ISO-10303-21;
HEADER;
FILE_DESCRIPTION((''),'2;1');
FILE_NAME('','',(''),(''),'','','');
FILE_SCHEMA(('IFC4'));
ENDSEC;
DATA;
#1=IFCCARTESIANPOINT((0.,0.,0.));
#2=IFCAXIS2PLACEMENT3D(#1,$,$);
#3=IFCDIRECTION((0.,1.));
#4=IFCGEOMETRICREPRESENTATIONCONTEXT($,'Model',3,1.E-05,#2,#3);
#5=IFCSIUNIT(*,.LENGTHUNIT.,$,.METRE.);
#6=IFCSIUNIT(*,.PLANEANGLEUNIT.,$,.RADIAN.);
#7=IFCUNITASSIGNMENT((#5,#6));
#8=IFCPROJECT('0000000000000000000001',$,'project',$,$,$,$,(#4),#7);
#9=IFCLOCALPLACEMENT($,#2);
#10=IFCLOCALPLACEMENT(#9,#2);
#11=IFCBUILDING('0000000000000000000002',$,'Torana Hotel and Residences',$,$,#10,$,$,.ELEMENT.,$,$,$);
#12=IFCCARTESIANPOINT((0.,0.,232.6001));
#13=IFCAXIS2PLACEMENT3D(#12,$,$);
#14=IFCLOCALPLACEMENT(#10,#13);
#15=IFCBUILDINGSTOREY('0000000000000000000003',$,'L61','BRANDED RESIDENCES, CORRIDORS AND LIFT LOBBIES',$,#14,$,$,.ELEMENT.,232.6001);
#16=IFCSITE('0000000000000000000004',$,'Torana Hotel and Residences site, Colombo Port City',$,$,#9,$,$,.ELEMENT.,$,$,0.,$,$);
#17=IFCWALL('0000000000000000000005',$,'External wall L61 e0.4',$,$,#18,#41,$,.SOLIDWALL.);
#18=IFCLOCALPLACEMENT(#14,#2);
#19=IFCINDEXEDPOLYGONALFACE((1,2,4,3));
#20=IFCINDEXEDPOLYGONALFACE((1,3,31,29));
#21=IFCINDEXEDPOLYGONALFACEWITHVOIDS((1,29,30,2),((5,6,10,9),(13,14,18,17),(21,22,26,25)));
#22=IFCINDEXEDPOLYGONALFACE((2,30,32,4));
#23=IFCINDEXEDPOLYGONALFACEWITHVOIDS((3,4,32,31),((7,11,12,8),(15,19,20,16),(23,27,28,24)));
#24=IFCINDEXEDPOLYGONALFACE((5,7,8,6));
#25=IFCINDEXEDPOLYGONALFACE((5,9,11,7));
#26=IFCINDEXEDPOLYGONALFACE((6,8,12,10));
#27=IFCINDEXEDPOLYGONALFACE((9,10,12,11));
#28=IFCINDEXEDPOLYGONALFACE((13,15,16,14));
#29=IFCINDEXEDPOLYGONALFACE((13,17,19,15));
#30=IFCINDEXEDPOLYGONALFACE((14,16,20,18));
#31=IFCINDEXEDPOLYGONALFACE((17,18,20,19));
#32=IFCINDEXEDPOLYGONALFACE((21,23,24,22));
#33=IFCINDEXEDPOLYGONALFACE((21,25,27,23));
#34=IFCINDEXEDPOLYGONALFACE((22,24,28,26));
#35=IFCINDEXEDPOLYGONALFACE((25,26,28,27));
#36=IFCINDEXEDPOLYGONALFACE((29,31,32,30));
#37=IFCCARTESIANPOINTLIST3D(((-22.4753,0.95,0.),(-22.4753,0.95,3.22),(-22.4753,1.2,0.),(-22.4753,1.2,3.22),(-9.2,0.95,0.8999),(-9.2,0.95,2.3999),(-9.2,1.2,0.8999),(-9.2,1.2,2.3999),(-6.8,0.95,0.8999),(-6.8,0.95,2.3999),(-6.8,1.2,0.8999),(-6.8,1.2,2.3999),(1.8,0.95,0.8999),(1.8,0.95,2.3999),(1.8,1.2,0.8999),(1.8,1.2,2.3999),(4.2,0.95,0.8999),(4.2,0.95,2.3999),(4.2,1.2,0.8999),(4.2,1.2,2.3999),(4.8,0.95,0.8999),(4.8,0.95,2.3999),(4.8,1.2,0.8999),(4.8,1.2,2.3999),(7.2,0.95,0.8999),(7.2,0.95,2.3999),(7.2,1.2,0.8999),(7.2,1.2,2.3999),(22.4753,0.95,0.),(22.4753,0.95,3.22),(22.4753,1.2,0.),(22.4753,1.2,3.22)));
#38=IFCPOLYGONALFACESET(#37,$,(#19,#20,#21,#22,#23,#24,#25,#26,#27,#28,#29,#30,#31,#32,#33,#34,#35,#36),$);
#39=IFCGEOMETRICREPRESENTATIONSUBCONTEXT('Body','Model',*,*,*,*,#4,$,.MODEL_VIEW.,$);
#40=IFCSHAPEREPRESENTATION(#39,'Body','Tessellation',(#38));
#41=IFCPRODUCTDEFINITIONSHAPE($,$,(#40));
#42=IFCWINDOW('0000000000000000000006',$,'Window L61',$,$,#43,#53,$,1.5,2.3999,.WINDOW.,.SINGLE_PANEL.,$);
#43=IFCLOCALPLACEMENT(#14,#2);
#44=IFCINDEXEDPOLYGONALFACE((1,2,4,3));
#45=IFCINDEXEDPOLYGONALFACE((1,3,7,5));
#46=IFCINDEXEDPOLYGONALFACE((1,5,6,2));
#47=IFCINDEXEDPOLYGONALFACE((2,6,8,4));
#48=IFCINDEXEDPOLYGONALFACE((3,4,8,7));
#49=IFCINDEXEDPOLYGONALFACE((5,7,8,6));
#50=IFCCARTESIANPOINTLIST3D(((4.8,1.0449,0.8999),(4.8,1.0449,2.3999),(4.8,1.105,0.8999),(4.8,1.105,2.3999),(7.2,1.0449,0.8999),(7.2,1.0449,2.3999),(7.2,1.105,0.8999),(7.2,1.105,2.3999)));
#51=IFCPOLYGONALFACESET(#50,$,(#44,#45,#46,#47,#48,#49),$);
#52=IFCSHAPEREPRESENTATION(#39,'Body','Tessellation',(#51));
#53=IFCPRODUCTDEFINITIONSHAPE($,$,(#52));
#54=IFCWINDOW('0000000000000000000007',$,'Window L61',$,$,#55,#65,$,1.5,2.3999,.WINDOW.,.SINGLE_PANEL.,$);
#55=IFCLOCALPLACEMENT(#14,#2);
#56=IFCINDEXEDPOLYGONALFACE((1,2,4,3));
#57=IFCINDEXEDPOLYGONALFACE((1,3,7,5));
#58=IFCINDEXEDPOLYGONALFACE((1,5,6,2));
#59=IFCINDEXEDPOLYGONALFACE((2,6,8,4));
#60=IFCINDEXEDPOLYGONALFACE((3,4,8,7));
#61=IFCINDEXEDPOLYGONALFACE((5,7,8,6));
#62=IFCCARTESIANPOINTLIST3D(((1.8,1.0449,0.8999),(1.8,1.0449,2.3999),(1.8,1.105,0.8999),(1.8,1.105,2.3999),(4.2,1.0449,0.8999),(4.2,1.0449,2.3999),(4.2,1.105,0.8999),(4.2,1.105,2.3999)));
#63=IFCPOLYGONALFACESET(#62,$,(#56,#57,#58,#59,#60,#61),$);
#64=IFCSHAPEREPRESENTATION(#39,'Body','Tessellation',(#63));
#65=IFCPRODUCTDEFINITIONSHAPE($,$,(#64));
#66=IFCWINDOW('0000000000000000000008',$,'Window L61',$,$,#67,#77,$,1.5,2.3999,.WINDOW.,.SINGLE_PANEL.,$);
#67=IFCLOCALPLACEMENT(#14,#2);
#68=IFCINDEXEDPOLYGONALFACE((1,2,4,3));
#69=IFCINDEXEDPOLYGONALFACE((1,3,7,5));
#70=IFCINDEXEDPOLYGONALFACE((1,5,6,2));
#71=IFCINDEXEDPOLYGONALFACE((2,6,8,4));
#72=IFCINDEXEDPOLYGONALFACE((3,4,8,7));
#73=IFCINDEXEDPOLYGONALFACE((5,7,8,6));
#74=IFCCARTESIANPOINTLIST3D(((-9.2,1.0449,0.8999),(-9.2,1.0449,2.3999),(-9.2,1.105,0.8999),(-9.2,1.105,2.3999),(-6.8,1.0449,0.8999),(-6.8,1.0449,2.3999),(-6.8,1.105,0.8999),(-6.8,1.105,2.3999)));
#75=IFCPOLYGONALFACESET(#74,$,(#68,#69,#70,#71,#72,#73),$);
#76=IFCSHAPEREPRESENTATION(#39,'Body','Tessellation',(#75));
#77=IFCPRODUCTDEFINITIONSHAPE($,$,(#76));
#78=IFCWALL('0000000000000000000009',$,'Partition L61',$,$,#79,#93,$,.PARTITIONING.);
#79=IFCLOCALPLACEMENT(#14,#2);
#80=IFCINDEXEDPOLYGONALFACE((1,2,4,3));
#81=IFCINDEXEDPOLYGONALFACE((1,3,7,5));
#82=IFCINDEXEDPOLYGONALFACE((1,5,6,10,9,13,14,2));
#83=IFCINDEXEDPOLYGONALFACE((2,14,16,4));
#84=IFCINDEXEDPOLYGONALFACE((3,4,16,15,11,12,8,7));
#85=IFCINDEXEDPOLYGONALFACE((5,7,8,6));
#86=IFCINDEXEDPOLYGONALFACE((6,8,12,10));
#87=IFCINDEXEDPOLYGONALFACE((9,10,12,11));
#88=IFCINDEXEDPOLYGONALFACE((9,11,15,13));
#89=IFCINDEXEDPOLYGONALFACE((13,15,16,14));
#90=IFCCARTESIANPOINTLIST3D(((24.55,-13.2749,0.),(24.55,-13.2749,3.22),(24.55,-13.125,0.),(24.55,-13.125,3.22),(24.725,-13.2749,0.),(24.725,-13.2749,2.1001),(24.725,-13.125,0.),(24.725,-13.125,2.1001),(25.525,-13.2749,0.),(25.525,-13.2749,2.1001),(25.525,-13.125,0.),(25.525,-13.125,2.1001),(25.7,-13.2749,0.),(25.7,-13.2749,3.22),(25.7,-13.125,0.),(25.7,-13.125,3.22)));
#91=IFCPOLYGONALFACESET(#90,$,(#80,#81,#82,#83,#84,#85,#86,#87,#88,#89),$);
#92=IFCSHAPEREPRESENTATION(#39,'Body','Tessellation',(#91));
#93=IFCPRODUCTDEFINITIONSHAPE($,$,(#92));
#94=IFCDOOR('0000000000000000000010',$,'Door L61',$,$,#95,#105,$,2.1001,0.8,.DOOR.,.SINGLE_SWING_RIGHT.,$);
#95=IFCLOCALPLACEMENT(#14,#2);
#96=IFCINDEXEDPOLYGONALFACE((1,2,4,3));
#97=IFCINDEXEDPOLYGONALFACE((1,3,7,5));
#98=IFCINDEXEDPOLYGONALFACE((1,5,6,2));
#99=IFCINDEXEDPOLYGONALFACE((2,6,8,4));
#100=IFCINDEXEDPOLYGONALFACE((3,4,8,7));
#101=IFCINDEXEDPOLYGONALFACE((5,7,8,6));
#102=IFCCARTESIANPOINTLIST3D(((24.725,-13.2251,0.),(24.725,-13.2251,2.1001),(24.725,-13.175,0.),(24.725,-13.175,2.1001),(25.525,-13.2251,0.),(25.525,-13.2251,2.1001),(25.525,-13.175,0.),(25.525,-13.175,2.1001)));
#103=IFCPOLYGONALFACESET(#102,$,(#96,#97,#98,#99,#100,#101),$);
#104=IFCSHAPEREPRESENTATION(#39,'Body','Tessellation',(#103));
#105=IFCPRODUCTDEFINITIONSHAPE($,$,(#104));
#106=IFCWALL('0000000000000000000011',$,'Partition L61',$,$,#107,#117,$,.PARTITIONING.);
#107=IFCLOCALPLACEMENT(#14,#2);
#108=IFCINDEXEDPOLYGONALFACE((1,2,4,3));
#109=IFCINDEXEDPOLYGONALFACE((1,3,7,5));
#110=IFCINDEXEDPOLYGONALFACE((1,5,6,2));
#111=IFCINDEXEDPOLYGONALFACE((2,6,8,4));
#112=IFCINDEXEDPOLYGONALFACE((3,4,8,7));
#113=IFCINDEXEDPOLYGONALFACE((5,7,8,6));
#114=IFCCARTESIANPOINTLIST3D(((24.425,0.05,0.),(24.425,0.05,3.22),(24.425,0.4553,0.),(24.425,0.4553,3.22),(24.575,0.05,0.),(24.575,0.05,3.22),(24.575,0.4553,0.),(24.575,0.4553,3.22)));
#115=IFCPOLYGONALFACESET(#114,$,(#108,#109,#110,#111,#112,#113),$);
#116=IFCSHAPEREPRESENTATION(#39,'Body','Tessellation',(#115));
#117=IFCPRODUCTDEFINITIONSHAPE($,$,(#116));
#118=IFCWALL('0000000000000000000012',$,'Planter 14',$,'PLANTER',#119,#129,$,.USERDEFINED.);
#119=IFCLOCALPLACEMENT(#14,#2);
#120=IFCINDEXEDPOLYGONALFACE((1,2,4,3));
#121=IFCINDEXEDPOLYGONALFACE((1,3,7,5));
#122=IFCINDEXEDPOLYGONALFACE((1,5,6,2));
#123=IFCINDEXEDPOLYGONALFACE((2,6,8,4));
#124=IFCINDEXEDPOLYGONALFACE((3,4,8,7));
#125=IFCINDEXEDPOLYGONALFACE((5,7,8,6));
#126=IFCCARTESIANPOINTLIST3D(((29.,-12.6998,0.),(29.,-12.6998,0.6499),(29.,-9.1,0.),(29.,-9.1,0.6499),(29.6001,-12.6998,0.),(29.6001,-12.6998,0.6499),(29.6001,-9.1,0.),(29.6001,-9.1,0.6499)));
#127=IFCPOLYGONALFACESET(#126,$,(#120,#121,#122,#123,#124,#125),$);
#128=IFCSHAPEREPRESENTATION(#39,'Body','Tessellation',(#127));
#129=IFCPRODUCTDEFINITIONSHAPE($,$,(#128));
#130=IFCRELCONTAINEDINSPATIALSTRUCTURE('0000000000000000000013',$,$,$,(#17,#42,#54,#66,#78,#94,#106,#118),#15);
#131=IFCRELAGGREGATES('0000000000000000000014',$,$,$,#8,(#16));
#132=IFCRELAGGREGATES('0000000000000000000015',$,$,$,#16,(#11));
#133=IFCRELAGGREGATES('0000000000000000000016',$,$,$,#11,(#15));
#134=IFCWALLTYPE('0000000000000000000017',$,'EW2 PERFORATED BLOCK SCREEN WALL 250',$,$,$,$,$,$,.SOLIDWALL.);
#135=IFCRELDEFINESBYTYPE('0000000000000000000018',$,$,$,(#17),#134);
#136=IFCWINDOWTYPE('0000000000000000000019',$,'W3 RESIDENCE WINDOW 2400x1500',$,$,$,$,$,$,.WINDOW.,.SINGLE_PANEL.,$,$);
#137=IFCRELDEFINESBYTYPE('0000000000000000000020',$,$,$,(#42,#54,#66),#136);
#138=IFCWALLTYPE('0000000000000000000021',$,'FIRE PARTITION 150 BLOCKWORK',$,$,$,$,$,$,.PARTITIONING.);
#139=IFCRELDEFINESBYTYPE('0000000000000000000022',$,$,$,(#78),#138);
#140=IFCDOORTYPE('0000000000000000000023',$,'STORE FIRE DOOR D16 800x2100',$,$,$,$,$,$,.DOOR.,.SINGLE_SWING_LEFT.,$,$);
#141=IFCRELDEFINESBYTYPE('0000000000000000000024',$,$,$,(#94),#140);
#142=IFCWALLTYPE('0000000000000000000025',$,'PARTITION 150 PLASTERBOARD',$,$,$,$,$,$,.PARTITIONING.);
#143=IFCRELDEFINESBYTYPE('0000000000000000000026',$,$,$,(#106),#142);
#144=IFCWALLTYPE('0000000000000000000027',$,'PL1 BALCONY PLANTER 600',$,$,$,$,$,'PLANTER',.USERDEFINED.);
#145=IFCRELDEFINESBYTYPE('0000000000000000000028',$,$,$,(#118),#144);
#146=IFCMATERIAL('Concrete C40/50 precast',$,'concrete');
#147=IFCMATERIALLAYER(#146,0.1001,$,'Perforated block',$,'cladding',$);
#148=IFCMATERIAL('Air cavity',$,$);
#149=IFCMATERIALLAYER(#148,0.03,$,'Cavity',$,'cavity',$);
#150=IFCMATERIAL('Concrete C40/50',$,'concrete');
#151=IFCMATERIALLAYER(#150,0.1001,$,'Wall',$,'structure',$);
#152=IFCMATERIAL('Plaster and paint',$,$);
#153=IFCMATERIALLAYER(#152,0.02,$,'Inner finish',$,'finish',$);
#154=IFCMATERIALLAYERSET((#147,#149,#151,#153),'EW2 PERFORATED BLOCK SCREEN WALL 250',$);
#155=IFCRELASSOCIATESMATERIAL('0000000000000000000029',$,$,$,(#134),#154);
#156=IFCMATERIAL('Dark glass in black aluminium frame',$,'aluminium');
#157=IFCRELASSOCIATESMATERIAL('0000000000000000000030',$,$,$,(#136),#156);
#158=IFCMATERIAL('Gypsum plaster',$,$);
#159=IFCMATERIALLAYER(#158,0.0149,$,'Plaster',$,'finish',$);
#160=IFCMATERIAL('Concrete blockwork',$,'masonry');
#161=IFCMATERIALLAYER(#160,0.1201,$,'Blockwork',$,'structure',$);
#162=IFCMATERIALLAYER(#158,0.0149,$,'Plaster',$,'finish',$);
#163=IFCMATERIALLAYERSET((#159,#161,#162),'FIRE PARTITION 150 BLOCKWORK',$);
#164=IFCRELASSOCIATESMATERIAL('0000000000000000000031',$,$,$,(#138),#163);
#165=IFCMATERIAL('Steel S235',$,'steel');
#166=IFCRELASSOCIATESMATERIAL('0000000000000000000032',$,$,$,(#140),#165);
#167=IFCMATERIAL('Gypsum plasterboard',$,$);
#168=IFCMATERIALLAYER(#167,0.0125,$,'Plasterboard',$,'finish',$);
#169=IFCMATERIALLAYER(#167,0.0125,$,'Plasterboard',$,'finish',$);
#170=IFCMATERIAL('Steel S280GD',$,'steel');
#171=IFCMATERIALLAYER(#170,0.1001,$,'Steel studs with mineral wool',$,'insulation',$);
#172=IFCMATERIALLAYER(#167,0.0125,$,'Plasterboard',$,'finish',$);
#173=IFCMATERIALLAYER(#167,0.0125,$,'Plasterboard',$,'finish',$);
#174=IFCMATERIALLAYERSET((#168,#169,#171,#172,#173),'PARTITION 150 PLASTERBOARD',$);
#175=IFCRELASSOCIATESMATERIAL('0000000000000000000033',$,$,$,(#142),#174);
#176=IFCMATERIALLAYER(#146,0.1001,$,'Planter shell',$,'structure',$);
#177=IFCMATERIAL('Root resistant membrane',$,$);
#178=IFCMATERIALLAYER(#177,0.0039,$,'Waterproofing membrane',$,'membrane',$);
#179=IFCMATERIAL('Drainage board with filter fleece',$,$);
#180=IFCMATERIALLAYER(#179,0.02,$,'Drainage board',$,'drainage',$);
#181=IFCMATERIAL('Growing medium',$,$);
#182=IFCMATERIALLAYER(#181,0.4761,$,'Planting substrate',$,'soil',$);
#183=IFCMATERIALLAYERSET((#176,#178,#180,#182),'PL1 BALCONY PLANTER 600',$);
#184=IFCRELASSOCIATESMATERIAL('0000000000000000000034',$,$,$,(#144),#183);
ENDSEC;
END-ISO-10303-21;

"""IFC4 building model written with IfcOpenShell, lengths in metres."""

from ifc_helpers import new_model, si_unit, direction, frame, frame_2d, origin, place, context, subcontext, project, spatial, rectangle, extrude, material, layer, layer_set, type_object, element, fill, save


model = new_model("IFC4")

# Units and contexts
model_context = context("Model", 3, precision=1e-05, world=origin(), true_north=direction((0.0, 1.0)))
body_context = subcontext(model_context, "Body", "Model", "MODEL_VIEW")
ifc_project = project(units=[si_unit("LENGTHUNIT", "METRE"), si_unit("PLANEANGLEUNIT", "RADIAN")], contexts=[model_context])

# Site, building, storey
site_placement = place(None, origin())
site = spatial("IfcSite", under=ifc_project, at=site_placement, Name="Torana Hotel and Residences site, Colombo Port City", CompositionType="ELEMENT", RefElevation=0.0)
building_placement = place(site_placement, origin())
building = spatial("IfcBuilding", under=site, at=building_placement, Name="Torana Hotel and Residences", CompositionType="ELEMENT")
storey_placement = place(building_placement, frame((0.0, 0.0, 232.6001)))
storey = spatial("IfcBuildingStorey", under=building, at=storey_placement, Name="L61", Description="BRANDED RESIDENCES, CORRIDORS AND LIFT LOBBIES", CompositionType="ELEMENT", Elevation=232.6001)

# Shared definitions
ifc_material_1 = material(Name="Steel S280GD", Category="steel")

# Wall, openings, windows
ifc_material_2 = material(Name="Concrete C40/50 precast", Category="concrete")
ifc_layer_1 = layer(ifc_material_2, 0.1001, Name="Perforated block", Category="cladding")
ifc_material_3 = material(Name="Air cavity")
ifc_layer_2 = layer(ifc_material_3, 0.03, Name="Cavity", Category="cavity")
ifc_material_4 = material(Name="Concrete C40/50", Category="concrete")
ifc_layer_3 = layer(ifc_material_4, 0.1001, Name="Wall", Category="structure")
ifc_material_5 = material(Name="Plaster and paint")
ifc_layer_4 = layer(ifc_material_5, 0.02, Name="Inner finish", Category="finish")
ifc_layer_set_1 = layer_set([ifc_layer_1, ifc_layer_2, ifc_layer_3, ifc_layer_4], Name="EW2 PERFORATED BLOCK SCREEN WALL 250")
wall_type_1 = type_object("IfcWallType", Name="EW2 PERFORATED BLOCK SCREEN WALL 250", PredefinedType="SOLIDWALL", material=ifc_layer_set_1)
wall_1_placement = place(storey_placement, frame((22.4753, 1.075, 0.0), z_axis=(0.0, 0.0, 1.0), x_axis=(-1.0, 0.0, 0.0)))
wall_1 = element("IfcWall", 1, at=wall_1_placement, inside=storey, type_object=wall_type_1, Name="External wall L61 e0.4", PredefinedType="SOLIDWALL", context=body_context, shape_type="SweptSolid", body=[
    extrude(rectangle(XDim=44.9507, YDim=0.25, at=frame_2d((22.4753, 0.0))), origin(), (0.0, 0.0, 1.0), 3.22),
])
opening_1_placement = place(wall_1_placement, frame((15.2754, 0.0, 0.8999)))
opening_1 = element("IfcOpeningElement", 2, at=opening_1_placement, cuts=wall_1, PredefinedType="OPENING", context=body_context, shape_type="SweptSolid", body=[
    extrude(rectangle(XDim=2.3999, YDim=1.5, at=frame_2d((1.2, 0.75))), frame((0.0, 0.135, 0.0), z_axis=(0.0, -1.0, 0.0), x_axis=(1.0, 0.0, 0.0)), (0.0, 0.0, 1.0), 0.27),
])
opening_2_placement = place(wall_1_placement, frame((18.2754, 0.0, 0.8999)))
opening_2 = element("IfcOpeningElement", 3, at=opening_2_placement, cuts=wall_1, PredefinedType="OPENING", context=body_context, shape_type="SweptSolid", body=[
    extrude(rectangle(XDim=2.3999, YDim=1.5, at=frame_2d((1.2, 0.75))), frame((0.0, 0.135, 0.0), z_axis=(0.0, -1.0, 0.0), x_axis=(1.0, 0.0, 0.0)), (0.0, 0.0, 1.0), 0.27),
])
opening_3_placement = place(wall_1_placement, frame((29.2754, 0.0, 0.8999)))
opening_3 = element("IfcOpeningElement", 4, at=opening_3_placement, cuts=wall_1, PredefinedType="OPENING", context=body_context, shape_type="SweptSolid", body=[
    extrude(rectangle(XDim=2.3999, YDim=1.5, at=frame_2d((1.2, 0.75))), frame((0.0, 0.135, 0.0), z_axis=(0.0, -1.0, 0.0), x_axis=(1.0, 0.0, 0.0)), (0.0, 0.0, 1.0), 0.27),
])
ifc_material_6 = material(Name="Dark glass in black aluminium frame", Category="aluminium")
window_type = type_object("IfcWindowType", Name="W3 RESIDENCE WINDOW 2400x1500", PartitioningType="SINGLE_PANEL", PredefinedType="WINDOW", material=ifc_material_6)
window_1_placement = place(opening_1_placement, origin())
window_1 = element("IfcWindow", 5, at=window_1_placement, inside=storey, type_object=window_type, Name="Window L61", OverallHeight=1.5, OverallWidth=2.3999, PartitioningType="SINGLE_PANEL", PredefinedType="WINDOW", context=body_context, shape_type="SweptSolid", body=[
    extrude(rectangle(XDim=2.3999, YDim=1.5, at=frame_2d((1.2, 0.75))), frame((0.0, 0.03, 0.0), z_axis=(0.0, -1.0, 0.0), x_axis=(1.0, 0.0, 0.0)), (0.0, 0.0, 1.0), 0.0601),
])
fill(opening_1, window_1)
window_2_placement = place(opening_2_placement, origin())
window_2 = element("IfcWindow", 6, at=window_2_placement, inside=storey, type_object=window_type, Name="Window L61", OverallHeight=1.5, OverallWidth=2.3999, PartitioningType="SINGLE_PANEL", PredefinedType="WINDOW", context=body_context, shape_type="SweptSolid", body=[
    extrude(rectangle(XDim=2.3999, YDim=1.5, at=frame_2d((1.2, 0.75))), frame((0.0, 0.03, 0.0), z_axis=(0.0, -1.0, 0.0), x_axis=(1.0, 0.0, 0.0)), (0.0, 0.0, 1.0), 0.0601),
])
fill(opening_2, window_2)
window_3_placement = place(opening_3_placement, origin())
window_3 = element("IfcWindow", 7, at=window_3_placement, inside=storey, type_object=window_type, Name="Window L61", OverallHeight=1.5, OverallWidth=2.3999, PartitioningType="SINGLE_PANEL", PredefinedType="WINDOW", context=body_context, shape_type="SweptSolid", body=[
    extrude(rectangle(XDim=2.3999, YDim=1.5, at=frame_2d((1.2, 0.75))), frame((0.0, 0.03, 0.0), z_axis=(0.0, -1.0, 0.0), x_axis=(1.0, 0.0, 0.0)), (0.0, 0.0, 1.0), 0.0601),
])
fill(opening_3, window_3)

# Wall, opening, door
ifc_material_7 = material(Name="Gypsum plaster")
ifc_layer_5 = layer(ifc_material_7, 0.0149, Name="Plaster", Category="finish")
ifc_material_8 = material(Name="Concrete blockwork", Category="masonry")
ifc_layer_6 = layer(ifc_material_8, 0.1201, Name="Blockwork", Category="structure")
ifc_layer_7 = layer(ifc_material_7, 0.0149, Name="Plaster", Category="finish")
ifc_layer_set_2 = layer_set([ifc_layer_5, ifc_layer_6, ifc_layer_7], Name="FIRE PARTITION 150 BLOCKWORK")
wall_type_2 = type_object("IfcWallType", Name="FIRE PARTITION 150 BLOCKWORK", PredefinedType="PARTITIONING", material=ifc_layer_set_2)
wall_2_placement = place(storey_placement, frame((24.55, -13.2, 0.0), z_axis=(0.0, 0.0, 1.0), x_axis=(1.0, 0.0, 0.0)))
wall_2 = element("IfcWall", 8, at=wall_2_placement, inside=storey, type_object=wall_type_2, Name="Partition L61", PredefinedType="PARTITIONING", context=body_context, shape_type="SweptSolid", body=[
    extrude(rectangle(XDim=1.1499, YDim=0.1499, at=frame_2d((0.575, 0.0))), origin(), (0.0, 0.0, 1.0), 3.22),
])
opening_4_placement = place(wall_2_placement, frame((0.175, 0.0, 0.0)))
opening_4 = element("IfcOpeningElement", 9, at=opening_4_placement, cuts=wall_2, PredefinedType="OPENING", context=body_context, shape_type="SweptSolid", body=[
    extrude(rectangle(XDim=0.8, YDim=2.1001, at=frame_2d((0.3999, 1.05))), frame((0.0, 0.085, 0.0), z_axis=(0.0, -1.0, 0.0), x_axis=(1.0, 0.0, 0.0)), (0.0, 0.0, 1.0), 0.1699),
])
ifc_material_9 = material(Name="Steel S235", Category="steel")
door_type_1 = type_object("IfcDoorType", Name="STORE FIRE DOOR D16 800x2100", OperationType="SINGLE_SWING_LEFT", PredefinedType="DOOR", material=ifc_material_9)
door_1_placement = place(opening_4_placement, origin())
door_1 = element("IfcDoor", 10, at=door_1_placement, inside=storey, type_object=door_type_1, Name="Door L61", OperationType="SINGLE_SWING_RIGHT", OverallHeight=2.1001, OverallWidth=0.8, PredefinedType="DOOR", context=body_context, shape_type="SweptSolid", body=[
    extrude(rectangle(XDim=0.8, YDim=2.1001, at=frame_2d((0.3999, 1.05))), frame((0.0, 0.0249, 0.0), z_axis=(0.0, -1.0, 0.0), x_axis=(1.0, 0.0, 0.0)), (0.0, 0.0, 1.0), 0.05),
])
fill(opening_4, door_1)

# Walls
ifc_material_10 = material(Name="Gypsum plasterboard")
ifc_layer_8 = layer(ifc_material_10, 0.0125, Name="Plasterboard", Category="finish")
ifc_layer_9 = layer(ifc_material_10, 0.0125, Name="Plasterboard", Category="finish")
ifc_layer_10 = layer(ifc_material_1, 0.1001, Name="Steel studs with mineral wool", Category="insulation")
ifc_layer_11 = layer(ifc_material_10, 0.0125, Name="Plasterboard", Category="finish")
ifc_layer_12 = layer(ifc_material_10, 0.0125, Name="Plasterboard", Category="finish")
ifc_layer_set_3 = layer_set([ifc_layer_8, ifc_layer_9, ifc_layer_10, ifc_layer_11, ifc_layer_12], Name="PARTITION 150 PLASTERBOARD")
wall_type_3 = type_object("IfcWallType", Name="PARTITION 150 PLASTERBOARD", PredefinedType="PARTITIONING", material=ifc_layer_set_3)
wall_3_placement = place(storey_placement, frame((24.5, 0.05, 0.0), z_axis=(0.0, 0.0, 1.0), x_axis=(0.0, 1.0, 0.0)))
element("IfcWall", 11, at=wall_3_placement, inside=storey, type_object=wall_type_3, Name="Partition L61", PredefinedType="PARTITIONING", context=body_context, shape_type="SweptSolid", body=[
    extrude(rectangle(XDim=0.4053, YDim=0.1499, at=frame_2d((0.2026, 0.0))), origin(), (0.0, 0.0, 1.0), 3.22),
])
ifc_layer_13 = layer(ifc_material_2, 0.1001, Name="Planter shell", Category="structure")
ifc_material_11 = material(Name="Root resistant membrane")
ifc_layer_14 = layer(ifc_material_11, 0.0039, Name="Waterproofing membrane", Category="membrane")
ifc_material_12 = material(Name="Drainage board with filter fleece")
ifc_layer_15 = layer(ifc_material_12, 0.02, Name="Drainage board", Category="drainage")
ifc_material_13 = material(Name="Growing medium")
ifc_layer_16 = layer(ifc_material_13, 0.4761, Name="Planting substrate", Category="soil")
ifc_layer_set_4 = layer_set([ifc_layer_13, ifc_layer_14, ifc_layer_15, ifc_layer_16], Name="PL1 BALCONY PLANTER 600")
wall_type_4 = type_object("IfcWallType", Name="PL1 BALCONY PLANTER 600", ElementType="PLANTER", PredefinedType="USERDEFINED", material=ifc_layer_set_4)
wall_4_placement = place(storey_placement, frame((29.3, -9.1001, 0.0), z_axis=(0.0, 0.0, 1.0), x_axis=(0.0, -1.0, 0.0)))
element("IfcWall", 12, at=wall_4_placement, inside=storey, type_object=wall_type_4, Name="Planter 14", ObjectType="PLANTER", PredefinedType="USERDEFINED", context=body_context, shape_type="SweptSolid", body=[
    extrude(rectangle(XDim=3.5999, YDim=0.6001, at=frame_2d((1.7998, 0.0))), origin(), (0.0, 0.0, 1.0), 0.6499),
])

save(model, "model.ifc")
